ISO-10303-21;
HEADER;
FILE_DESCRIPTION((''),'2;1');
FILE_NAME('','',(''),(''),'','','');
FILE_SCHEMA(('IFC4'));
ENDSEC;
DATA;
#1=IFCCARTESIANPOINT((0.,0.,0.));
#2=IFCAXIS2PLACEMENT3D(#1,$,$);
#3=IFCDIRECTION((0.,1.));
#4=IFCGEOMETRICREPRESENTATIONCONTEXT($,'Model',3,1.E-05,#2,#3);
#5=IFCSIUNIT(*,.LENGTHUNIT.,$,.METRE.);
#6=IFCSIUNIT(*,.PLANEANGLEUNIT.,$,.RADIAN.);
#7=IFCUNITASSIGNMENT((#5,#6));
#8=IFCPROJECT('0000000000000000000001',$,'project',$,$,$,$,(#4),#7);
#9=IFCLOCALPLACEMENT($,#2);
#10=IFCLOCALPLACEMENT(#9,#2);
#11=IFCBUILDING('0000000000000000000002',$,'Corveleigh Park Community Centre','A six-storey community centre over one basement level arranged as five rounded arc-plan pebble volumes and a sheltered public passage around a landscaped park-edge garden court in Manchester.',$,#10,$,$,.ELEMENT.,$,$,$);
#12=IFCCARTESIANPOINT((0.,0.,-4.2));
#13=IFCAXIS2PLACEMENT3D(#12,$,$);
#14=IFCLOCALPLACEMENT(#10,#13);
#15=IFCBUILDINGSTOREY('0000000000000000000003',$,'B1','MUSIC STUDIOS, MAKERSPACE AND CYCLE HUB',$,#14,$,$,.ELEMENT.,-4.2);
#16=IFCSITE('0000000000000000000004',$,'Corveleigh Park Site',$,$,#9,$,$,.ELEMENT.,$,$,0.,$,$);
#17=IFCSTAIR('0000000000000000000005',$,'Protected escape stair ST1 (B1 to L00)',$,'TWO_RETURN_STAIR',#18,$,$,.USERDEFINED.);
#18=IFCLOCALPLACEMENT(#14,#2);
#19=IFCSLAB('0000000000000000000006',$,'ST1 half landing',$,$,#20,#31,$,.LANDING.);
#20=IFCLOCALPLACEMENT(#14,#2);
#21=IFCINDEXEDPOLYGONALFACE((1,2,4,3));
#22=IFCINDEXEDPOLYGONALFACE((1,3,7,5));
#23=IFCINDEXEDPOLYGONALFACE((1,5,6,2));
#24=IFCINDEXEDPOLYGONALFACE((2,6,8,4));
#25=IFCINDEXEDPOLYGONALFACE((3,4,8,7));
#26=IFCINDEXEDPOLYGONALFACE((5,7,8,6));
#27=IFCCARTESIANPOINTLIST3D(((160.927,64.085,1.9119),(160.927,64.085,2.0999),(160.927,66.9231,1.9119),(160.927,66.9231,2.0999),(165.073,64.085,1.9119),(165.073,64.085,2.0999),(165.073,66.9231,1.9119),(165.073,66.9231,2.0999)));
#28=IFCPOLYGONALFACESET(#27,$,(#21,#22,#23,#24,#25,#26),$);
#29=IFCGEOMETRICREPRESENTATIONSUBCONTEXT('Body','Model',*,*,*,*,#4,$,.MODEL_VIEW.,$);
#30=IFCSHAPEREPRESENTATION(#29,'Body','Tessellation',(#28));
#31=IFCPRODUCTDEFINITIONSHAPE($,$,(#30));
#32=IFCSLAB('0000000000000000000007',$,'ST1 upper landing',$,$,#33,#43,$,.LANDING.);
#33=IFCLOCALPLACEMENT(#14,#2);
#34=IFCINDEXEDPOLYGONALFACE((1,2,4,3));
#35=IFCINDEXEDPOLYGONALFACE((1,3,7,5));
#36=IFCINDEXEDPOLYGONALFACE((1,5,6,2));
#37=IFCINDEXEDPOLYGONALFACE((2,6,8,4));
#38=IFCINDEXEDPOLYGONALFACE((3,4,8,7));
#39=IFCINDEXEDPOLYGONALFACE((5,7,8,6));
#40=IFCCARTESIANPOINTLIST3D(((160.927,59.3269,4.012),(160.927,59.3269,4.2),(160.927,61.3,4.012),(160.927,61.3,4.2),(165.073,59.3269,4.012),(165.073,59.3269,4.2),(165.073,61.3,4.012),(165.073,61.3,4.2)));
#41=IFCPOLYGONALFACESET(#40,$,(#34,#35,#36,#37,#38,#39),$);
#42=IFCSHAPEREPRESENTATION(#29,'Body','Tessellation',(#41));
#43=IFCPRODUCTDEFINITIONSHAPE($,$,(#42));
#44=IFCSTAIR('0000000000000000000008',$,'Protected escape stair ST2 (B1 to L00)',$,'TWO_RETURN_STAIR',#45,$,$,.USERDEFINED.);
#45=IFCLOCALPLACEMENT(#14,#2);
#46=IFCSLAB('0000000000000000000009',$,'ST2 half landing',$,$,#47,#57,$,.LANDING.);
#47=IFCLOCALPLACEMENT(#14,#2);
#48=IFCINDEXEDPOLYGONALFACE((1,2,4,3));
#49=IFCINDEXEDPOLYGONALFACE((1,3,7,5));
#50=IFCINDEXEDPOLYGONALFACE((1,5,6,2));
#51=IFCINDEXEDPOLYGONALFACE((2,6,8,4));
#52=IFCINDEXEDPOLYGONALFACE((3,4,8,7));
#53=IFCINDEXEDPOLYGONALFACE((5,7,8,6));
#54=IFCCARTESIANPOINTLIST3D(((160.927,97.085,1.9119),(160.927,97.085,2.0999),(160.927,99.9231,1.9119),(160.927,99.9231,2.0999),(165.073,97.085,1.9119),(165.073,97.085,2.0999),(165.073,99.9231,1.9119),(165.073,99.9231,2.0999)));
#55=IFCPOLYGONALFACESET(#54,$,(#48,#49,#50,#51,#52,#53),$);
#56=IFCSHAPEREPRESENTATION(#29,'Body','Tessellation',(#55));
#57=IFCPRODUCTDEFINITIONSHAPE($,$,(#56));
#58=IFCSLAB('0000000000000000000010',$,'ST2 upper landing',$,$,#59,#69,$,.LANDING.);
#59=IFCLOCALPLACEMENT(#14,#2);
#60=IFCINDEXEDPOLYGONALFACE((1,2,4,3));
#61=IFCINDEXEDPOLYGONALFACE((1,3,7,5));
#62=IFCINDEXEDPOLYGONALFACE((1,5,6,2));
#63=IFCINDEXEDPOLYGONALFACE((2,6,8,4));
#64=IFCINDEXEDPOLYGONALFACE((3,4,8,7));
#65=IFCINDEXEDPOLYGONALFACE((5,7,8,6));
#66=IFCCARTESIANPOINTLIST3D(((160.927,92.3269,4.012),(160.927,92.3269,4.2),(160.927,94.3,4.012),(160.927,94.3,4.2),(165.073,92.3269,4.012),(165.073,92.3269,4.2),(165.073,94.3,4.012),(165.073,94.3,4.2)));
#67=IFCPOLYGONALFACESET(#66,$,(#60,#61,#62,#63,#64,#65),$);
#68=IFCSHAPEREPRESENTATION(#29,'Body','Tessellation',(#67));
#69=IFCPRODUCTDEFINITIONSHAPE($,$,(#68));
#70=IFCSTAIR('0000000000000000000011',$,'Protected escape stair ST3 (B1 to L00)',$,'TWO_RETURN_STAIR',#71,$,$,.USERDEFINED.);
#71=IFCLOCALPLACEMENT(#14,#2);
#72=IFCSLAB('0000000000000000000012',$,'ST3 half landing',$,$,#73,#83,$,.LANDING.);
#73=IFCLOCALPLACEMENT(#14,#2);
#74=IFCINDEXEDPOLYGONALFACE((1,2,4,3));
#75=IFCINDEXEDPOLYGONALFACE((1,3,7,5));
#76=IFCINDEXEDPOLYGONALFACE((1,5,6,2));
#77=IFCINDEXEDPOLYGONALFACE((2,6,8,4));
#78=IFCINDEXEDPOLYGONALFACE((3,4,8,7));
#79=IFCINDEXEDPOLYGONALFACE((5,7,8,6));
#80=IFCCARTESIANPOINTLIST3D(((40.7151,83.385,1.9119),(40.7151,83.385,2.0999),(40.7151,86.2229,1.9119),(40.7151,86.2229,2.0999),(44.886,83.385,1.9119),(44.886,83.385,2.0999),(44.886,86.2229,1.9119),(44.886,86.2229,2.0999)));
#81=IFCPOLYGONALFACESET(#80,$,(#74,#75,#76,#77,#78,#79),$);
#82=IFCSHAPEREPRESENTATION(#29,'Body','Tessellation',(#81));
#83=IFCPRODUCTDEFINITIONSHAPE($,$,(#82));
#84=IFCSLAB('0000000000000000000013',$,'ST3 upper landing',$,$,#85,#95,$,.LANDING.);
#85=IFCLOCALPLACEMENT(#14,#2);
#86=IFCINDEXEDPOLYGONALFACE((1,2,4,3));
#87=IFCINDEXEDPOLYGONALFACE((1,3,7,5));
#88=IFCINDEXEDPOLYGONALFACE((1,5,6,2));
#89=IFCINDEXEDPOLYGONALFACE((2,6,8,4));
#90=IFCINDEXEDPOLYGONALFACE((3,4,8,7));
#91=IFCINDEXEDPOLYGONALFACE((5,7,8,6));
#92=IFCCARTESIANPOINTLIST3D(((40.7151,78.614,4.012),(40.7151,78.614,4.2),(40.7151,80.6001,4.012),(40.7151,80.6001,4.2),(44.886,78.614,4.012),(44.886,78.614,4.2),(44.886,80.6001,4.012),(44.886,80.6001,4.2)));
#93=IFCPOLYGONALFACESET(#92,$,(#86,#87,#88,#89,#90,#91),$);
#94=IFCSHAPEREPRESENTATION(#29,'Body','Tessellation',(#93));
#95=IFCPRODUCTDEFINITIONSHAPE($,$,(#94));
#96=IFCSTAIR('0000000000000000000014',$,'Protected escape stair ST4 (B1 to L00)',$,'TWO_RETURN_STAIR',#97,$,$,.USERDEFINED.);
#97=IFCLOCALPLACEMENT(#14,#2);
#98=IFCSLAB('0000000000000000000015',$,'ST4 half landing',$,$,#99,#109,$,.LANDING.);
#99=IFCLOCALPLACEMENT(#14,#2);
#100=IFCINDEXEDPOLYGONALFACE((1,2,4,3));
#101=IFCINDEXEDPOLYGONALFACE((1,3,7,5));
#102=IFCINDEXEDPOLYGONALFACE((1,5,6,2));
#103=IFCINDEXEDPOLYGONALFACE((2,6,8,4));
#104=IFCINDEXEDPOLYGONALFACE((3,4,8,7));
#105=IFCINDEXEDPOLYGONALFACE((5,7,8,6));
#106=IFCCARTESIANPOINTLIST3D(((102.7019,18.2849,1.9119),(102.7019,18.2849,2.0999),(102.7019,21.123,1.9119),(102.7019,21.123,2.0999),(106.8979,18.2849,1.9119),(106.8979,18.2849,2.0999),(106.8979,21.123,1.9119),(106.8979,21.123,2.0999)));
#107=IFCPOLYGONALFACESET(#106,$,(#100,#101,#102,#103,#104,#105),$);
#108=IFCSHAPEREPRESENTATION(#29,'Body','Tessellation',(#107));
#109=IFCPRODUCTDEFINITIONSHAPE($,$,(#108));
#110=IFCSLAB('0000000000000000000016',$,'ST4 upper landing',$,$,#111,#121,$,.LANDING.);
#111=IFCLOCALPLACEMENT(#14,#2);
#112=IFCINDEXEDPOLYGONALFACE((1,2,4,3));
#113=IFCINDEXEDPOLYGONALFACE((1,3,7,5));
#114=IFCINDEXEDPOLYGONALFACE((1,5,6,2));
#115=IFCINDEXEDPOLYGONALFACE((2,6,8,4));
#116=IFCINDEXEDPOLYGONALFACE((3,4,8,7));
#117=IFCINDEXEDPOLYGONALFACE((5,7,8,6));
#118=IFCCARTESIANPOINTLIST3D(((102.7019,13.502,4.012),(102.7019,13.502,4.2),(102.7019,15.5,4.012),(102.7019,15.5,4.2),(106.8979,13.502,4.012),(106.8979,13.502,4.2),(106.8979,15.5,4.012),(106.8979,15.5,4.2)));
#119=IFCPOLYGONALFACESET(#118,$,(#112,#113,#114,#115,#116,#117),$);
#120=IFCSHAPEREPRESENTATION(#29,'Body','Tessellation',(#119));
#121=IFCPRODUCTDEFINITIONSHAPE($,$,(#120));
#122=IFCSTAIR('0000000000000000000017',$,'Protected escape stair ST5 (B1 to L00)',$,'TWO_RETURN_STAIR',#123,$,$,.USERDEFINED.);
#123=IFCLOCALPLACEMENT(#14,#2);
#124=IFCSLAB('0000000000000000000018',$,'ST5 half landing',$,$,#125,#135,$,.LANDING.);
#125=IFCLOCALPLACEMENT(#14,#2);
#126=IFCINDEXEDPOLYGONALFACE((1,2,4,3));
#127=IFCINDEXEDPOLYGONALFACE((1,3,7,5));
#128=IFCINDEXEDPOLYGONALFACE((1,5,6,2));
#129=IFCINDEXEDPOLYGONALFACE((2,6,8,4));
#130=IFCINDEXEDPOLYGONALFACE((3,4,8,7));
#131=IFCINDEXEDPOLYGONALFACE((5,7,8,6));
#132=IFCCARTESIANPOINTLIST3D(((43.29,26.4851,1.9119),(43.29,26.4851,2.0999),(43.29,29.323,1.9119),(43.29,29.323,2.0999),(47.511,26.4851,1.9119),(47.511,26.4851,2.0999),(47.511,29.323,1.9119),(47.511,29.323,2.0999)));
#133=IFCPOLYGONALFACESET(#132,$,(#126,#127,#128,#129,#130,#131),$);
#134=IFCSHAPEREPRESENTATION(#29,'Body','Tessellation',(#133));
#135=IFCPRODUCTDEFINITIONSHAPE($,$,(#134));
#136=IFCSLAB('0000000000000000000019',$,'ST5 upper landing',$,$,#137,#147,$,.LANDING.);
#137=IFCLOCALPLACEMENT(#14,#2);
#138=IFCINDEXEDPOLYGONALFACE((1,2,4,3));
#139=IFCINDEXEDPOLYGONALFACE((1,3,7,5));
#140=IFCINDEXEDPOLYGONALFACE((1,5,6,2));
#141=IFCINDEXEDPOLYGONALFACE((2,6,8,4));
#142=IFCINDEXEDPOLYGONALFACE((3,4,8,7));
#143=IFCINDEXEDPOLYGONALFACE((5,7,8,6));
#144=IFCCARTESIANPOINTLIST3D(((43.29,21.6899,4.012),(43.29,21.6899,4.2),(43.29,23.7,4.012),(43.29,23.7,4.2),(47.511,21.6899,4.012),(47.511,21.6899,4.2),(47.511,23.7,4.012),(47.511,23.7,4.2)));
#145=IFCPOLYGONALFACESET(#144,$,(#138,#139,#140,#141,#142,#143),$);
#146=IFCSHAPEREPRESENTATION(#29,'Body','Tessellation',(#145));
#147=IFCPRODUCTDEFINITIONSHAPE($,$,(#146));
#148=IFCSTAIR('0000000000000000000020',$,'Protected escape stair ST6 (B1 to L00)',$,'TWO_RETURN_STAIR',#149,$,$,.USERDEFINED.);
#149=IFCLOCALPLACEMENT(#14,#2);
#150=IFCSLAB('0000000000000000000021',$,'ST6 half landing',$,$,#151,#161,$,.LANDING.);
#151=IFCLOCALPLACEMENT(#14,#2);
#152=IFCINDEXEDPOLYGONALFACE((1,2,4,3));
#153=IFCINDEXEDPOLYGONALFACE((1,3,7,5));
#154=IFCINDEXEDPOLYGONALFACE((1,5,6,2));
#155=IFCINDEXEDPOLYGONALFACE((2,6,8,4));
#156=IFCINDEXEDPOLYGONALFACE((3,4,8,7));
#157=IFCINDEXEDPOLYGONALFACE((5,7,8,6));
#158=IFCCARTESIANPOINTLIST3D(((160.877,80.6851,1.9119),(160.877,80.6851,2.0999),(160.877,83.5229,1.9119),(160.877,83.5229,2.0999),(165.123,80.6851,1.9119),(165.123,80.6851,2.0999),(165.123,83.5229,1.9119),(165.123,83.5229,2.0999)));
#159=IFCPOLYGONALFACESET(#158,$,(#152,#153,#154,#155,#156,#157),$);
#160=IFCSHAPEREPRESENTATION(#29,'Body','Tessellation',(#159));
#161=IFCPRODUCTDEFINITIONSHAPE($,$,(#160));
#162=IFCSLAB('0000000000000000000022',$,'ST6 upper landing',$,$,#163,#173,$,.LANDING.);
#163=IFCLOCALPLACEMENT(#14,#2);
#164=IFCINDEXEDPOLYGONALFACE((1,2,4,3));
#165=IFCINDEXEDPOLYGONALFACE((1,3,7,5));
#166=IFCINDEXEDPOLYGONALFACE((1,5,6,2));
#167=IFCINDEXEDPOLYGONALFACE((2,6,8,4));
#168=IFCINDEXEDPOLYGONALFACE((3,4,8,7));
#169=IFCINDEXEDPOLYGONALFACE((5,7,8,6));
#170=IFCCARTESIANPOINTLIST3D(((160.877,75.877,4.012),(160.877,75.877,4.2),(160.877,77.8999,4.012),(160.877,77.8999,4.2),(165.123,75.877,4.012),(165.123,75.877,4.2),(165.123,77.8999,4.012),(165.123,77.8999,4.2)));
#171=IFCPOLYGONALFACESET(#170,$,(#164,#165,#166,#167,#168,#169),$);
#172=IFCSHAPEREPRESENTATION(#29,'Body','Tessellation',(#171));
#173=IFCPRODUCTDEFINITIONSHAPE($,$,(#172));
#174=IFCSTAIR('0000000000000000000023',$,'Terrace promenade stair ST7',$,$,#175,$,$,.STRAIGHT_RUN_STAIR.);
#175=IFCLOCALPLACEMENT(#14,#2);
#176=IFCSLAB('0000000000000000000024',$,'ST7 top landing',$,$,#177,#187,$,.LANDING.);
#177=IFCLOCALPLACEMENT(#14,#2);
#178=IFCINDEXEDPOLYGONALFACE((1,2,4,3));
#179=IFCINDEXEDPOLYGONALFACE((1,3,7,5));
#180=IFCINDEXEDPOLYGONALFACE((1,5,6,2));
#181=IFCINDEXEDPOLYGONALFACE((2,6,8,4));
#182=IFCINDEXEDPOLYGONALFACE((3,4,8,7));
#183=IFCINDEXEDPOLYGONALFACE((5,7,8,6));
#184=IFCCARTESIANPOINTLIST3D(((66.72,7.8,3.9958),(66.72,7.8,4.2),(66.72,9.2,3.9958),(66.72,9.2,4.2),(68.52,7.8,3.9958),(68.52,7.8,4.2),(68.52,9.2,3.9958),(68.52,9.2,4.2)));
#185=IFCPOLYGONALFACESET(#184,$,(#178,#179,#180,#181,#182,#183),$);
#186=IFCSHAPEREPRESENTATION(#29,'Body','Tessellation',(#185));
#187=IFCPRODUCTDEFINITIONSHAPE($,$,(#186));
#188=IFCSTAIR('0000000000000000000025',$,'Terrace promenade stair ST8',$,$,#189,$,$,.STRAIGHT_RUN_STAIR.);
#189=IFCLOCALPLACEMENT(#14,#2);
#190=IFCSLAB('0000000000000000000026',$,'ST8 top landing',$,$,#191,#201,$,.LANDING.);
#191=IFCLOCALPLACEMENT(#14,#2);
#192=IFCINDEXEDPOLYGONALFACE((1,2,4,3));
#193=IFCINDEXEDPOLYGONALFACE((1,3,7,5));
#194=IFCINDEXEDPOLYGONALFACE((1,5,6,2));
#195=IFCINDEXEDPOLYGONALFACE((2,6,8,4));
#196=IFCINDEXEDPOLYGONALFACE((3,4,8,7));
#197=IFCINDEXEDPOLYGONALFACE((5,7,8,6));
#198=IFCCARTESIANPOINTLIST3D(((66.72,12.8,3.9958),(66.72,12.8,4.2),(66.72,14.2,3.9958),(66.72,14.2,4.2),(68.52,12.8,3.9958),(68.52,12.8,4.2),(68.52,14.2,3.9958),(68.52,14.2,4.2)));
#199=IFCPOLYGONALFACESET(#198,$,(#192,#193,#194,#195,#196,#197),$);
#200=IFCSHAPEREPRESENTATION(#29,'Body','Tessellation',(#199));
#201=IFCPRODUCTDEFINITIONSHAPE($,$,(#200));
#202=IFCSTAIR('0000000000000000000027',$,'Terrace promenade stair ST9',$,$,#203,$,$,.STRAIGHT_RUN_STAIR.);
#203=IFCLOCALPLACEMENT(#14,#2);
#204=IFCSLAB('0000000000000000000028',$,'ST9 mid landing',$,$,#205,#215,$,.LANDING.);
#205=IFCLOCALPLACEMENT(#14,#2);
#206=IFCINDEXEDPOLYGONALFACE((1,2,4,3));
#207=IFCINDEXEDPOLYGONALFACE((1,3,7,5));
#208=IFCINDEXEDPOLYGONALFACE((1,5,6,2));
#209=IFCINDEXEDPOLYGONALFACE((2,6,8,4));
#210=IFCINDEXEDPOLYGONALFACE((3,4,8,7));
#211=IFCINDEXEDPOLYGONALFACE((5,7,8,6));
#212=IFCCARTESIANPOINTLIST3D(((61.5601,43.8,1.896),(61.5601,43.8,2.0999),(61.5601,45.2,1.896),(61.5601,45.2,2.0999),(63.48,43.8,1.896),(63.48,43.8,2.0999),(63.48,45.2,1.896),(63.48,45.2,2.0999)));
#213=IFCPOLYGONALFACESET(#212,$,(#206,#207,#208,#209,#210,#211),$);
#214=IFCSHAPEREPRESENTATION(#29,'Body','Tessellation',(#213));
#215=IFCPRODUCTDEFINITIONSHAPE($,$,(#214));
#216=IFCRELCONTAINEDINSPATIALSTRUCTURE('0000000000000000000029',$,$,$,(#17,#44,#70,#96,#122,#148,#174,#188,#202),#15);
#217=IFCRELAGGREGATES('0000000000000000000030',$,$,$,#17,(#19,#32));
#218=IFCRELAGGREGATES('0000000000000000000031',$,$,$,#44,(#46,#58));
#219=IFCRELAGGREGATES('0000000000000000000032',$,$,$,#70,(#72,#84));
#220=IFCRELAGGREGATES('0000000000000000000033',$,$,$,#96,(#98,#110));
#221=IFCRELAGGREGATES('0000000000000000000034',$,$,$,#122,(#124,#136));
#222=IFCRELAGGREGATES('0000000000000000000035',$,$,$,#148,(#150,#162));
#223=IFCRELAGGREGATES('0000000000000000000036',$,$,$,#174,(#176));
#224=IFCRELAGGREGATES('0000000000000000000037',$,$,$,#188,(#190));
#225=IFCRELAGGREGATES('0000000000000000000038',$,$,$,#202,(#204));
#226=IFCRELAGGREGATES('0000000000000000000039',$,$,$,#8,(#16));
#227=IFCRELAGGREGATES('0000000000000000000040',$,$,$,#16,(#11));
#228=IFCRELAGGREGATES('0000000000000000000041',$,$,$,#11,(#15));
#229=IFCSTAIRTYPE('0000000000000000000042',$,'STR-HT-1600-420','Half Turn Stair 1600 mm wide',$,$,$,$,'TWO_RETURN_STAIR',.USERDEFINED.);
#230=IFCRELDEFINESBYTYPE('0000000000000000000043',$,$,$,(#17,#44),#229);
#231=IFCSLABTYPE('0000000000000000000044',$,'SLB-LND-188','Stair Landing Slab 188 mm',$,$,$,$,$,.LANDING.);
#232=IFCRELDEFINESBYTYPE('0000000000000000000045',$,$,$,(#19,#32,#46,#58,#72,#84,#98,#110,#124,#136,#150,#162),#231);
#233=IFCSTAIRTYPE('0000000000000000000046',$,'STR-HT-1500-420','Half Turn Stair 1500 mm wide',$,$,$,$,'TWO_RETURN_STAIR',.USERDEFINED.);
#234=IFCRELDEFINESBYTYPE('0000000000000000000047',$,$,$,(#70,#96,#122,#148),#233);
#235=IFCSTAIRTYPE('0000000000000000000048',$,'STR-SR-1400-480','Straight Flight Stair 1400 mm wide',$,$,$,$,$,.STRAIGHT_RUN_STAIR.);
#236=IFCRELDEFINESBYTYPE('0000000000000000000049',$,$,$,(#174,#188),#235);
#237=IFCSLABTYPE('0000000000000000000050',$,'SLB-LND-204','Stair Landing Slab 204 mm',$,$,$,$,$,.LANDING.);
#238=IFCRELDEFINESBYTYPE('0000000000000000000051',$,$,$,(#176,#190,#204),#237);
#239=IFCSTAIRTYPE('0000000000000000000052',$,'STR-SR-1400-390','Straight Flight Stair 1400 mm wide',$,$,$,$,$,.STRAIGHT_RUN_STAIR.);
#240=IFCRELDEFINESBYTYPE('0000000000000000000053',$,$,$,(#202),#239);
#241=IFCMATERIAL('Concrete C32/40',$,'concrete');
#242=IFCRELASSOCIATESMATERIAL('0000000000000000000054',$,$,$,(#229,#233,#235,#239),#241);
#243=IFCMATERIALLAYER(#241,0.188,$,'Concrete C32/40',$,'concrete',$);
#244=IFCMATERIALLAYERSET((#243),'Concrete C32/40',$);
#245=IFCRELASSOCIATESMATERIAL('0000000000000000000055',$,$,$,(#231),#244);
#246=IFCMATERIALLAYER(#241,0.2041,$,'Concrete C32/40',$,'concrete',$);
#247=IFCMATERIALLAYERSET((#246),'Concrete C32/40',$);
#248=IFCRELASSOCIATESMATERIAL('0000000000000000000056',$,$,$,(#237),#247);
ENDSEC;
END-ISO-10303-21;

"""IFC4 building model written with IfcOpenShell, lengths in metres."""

from ifc_helpers import new_model, si_unit, direction, frame, origin, place, context, subcontext, project, spatial, polyline, outline, extrude, material, layer, layer_set, type_object, element, aggregate, save


model = new_model("IFC4")

# Units and contexts
model_context = context("Model", 3, precision=1e-05, world=origin(), true_north=direction((0.0, 1.0)))
body_context = subcontext(model_context, "Body", "Model", "MODEL_VIEW")
ifc_project = project(units=[si_unit("LENGTHUNIT", "METRE"), si_unit("PLANEANGLEUNIT", "RADIAN")], contexts=[model_context])

# Site, building, storey
site_placement = place(None, origin())
site = spatial("IfcSite", under=ifc_project, at=site_placement, Name="Corveleigh Park Site", CompositionType="ELEMENT", RefElevation=0.0)
building_placement = place(site_placement, origin())
building = spatial("IfcBuilding", under=site, at=building_placement, Name="Corveleigh Park Community Centre", Description="A six-storey community centre over one basement level arranged as five rounded arc-plan pebble volumes and a sheltered public passage around a landscaped park-edge garden court in Manchester.", CompositionType="ELEMENT")
storey_placement = place(building_placement, frame((0.0, 0.0, -4.2)))
storey = spatial("IfcBuildingStorey", under=building, at=storey_placement, Name="B1", Description="MUSIC STUDIOS, MAKERSPACE AND CYCLE HUB", CompositionType="ELEMENT", Elevation=-4.2)

# Stairs, slabs
ifc_material_1 = material(Name="Concrete C32/40", Category="concrete")
stair_type_1 = type_object("IfcStairType", Name="STR-HT-1600-420", Description="Half Turn Stair 1600 mm wide", ElementType="TWO_RETURN_STAIR", PredefinedType="USERDEFINED", material=ifc_material_1)
stair_1_placement = place(storey_placement, origin())
stair_1 = element("IfcStair", 1, at=stair_1_placement, inside=storey, type_object=stair_type_1, Name="Protected escape stair ST1 (B1 to L00)", ObjectType="TWO_RETURN_STAIR", PredefinedType="USERDEFINED")
ifc_layer_1 = layer(ifc_material_1, 0.188, Name="Concrete C32/40", Category="concrete")
ifc_layer_set_1 = layer_set([ifc_layer_1], Name="Concrete C32/40")
slab_type_1 = type_object("IfcSlabType", Name="SLB-LND-188", Description="Stair Landing Slab 188 mm", PredefinedType="LANDING", material=ifc_layer_set_1)
slab_1_placement = place(storey_placement, frame((0.0, 0.0, 1.9119)))
slab_1 = element("IfcSlab", 2, at=slab_1_placement, type_object=slab_type_1, Name="ST1 half landing", PredefinedType="LANDING", context=body_context, shape_type="SweptSolid", body=[
    extrude(outline(polyline([(160.927, 64.085), (165.073, 64.085), (165.073, 66.9231), (160.927, 66.9231), (160.927, 64.085)])), origin(), (0.0, 0.0, 1.0), 0.188),
])
slab_2_placement = place(storey_placement, frame((0.0, 0.0, 4.012)))
slab_2 = element("IfcSlab", 3, at=slab_2_placement, type_object=slab_type_1, Name="ST1 upper landing", PredefinedType="LANDING", context=body_context, shape_type="SweptSolid", body=[
    extrude(outline(polyline([(160.927, 59.3269), (165.073, 59.3269), (165.073, 61.3), (160.927, 61.3), (160.927, 59.3269)])), origin(), (0.0, 0.0, 1.0), 0.188),
])
aggregate(stair_1, [slab_1, slab_2])
stair_2_placement = place(storey_placement, origin())
stair_2 = element("IfcStair", 4, at=stair_2_placement, inside=storey, type_object=stair_type_1, Name="Protected escape stair ST2 (B1 to L00)", ObjectType="TWO_RETURN_STAIR", PredefinedType="USERDEFINED")
slab_3_placement = place(storey_placement, frame((0.0, 0.0, 1.9119)))
slab_3 = element("IfcSlab", 5, at=slab_3_placement, type_object=slab_type_1, Name="ST2 half landing", PredefinedType="LANDING", context=body_context, shape_type="SweptSolid", body=[
    extrude(outline(polyline([(160.927, 97.085), (165.073, 97.085), (165.073, 99.9231), (160.927, 99.9231), (160.927, 97.085)])), origin(), (0.0, 0.0, 1.0), 0.188),
])
slab_4_placement = place(storey_placement, frame((0.0, 0.0, 4.012)))
slab_4 = element("IfcSlab", 6, at=slab_4_placement, type_object=slab_type_1, Name="ST2 upper landing", PredefinedType="LANDING", context=body_context, shape_type="SweptSolid", body=[
    extrude(outline(polyline([(160.927, 92.3269), (165.073, 92.3269), (165.073, 94.3), (160.927, 94.3), (160.927, 92.3269)])), origin(), (0.0, 0.0, 1.0), 0.188),
])
aggregate(stair_2, [slab_3, slab_4])
stair_type_2 = type_object("IfcStairType", Name="STR-HT-1500-420", Description="Half Turn Stair 1500 mm wide", ElementType="TWO_RETURN_STAIR", PredefinedType="USERDEFINED", material=ifc_material_1)
stair_3_placement = place(storey_placement, origin())
stair_3 = element("IfcStair", 7, at=stair_3_placement, inside=storey, type_object=stair_type_2, Name="Protected escape stair ST3 (B1 to L00)", ObjectType="TWO_RETURN_STAIR", PredefinedType="USERDEFINED")
slab_5_placement = place(storey_placement, frame((0.0, 0.0, 1.9119)))
slab_5 = element("IfcSlab", 8, at=slab_5_placement, type_object=slab_type_1, Name="ST3 half landing", PredefinedType="LANDING", context=body_context, shape_type="SweptSolid", body=[
    extrude(outline(polyline([(40.7151, 83.385), (44.886, 83.385), (44.886, 86.2229), (40.7151, 86.2229), (40.7151, 83.385)])), origin(), (0.0, 0.0, 1.0), 0.188),
])
slab_6_placement = place(storey_placement, frame((0.0, 0.0, 4.012)))
slab_6 = element("IfcSlab", 9, at=slab_6_placement, type_object=slab_type_1, Name="ST3 upper landing", PredefinedType="LANDING", context=body_context, shape_type="SweptSolid", body=[
    extrude(outline(polyline([(40.7151, 78.614), (44.886, 78.614), (44.886, 80.6001), (40.7151, 80.6001), (40.7151, 78.614)])), origin(), (0.0, 0.0, 1.0), 0.188),
])
aggregate(stair_3, [slab_5, slab_6])
stair_4_placement = place(storey_placement, origin())
stair_4 = element("IfcStair", 10, at=stair_4_placement, inside=storey, type_object=stair_type_2, Name="Protected escape stair ST4 (B1 to L00)", ObjectType="TWO_RETURN_STAIR", PredefinedType="USERDEFINED")
slab_7_placement = place(storey_placement, frame((0.0, 0.0, 1.9119)))
slab_7 = element("IfcSlab", 11, at=slab_7_placement, type_object=slab_type_1, Name="ST4 half landing", PredefinedType="LANDING", context=body_context, shape_type="SweptSolid", body=[
    extrude(outline(polyline([(102.7019, 18.2849), (106.8979, 18.2849), (106.8979, 21.123), (102.7019, 21.123), (102.7019, 18.2849)])), origin(), (0.0, 0.0, 1.0), 0.188),
])
slab_8_placement = place(storey_placement, frame((0.0, 0.0, 4.012)))
slab_8 = element("IfcSlab", 12, at=slab_8_placement, type_object=slab_type_1, Name="ST4 upper landing", PredefinedType="LANDING", context=body_context, shape_type="SweptSolid", body=[
    extrude(outline(polyline([(102.7019, 13.502), (106.8979, 13.502), (106.8979, 15.5), (102.7019, 15.5), (102.7019, 13.502)])), origin(), (0.0, 0.0, 1.0), 0.188),
])
aggregate(stair_4, [slab_7, slab_8])
stair_5_placement = place(storey_placement, origin())
stair_5 = element("IfcStair", 13, at=stair_5_placement, inside=storey, type_object=stair_type_2, Name="Protected escape stair ST5 (B1 to L00)", ObjectType="TWO_RETURN_STAIR", PredefinedType="USERDEFINED")
slab_9_placement = place(storey_placement, frame((0.0, 0.0, 1.9119)))
slab_9 = element("IfcSlab", 14, at=slab_9_placement, type_object=slab_type_1, Name="ST5 half landing", PredefinedType="LANDING", context=body_context, shape_type="SweptSolid", body=[
    extrude(outline(polyline([(43.29, 26.4851), (47.511, 26.4851), (47.511, 29.323), (43.29, 29.323), (43.29, 26.4851)])), origin(), (0.0, 0.0, 1.0), 0.188),
])
slab_10_placement = place(storey_placement, frame((0.0, 0.0, 4.012)))
slab_10 = element("IfcSlab", 15, at=slab_10_placement, type_object=slab_type_1, Name="ST5 upper landing", PredefinedType="LANDING", context=body_context, shape_type="SweptSolid", body=[
    extrude(outline(polyline([(43.29, 21.6899), (47.511, 21.6899), (47.511, 23.7), (43.29, 23.7), (43.29, 21.6899)])), origin(), (0.0, 0.0, 1.0), 0.188),
])
aggregate(stair_5, [slab_9, slab_10])
stair_6_placement = place(storey_placement, origin())
stair_6 = element("IfcStair", 16, at=stair_6_placement, inside=storey, type_object=stair_type_2, Name="Protected escape stair ST6 (B1 to L00)", ObjectType="TWO_RETURN_STAIR", PredefinedType="USERDEFINED")
slab_11_placement = place(storey_placement, frame((0.0, 0.0, 1.9119)))
slab_11 = element("IfcSlab", 17, at=slab_11_placement, type_object=slab_type_1, Name="ST6 half landing", PredefinedType="LANDING", context=body_context, shape_type="SweptSolid", body=[
    extrude(outline(polyline([(160.877, 80.6851), (165.123, 80.6851), (165.123, 83.5229), (160.877, 83.5229), (160.877, 80.6851)])), origin(), (0.0, 0.0, 1.0), 0.188),
])
slab_12_placement = place(storey_placement, frame((0.0, 0.0, 4.012)))
slab_12 = element("IfcSlab", 18, at=slab_12_placement, type_object=slab_type_1, Name="ST6 upper landing", PredefinedType="LANDING", context=body_context, shape_type="SweptSolid", body=[
    extrude(outline(polyline([(160.877, 75.877), (165.123, 75.877), (165.123, 77.8999), (160.877, 77.8999), (160.877, 75.877)])), origin(), (0.0, 0.0, 1.0), 0.188),
])
aggregate(stair_6, [slab_11, slab_12])

# Stairs, slabs
stair_type_3 = type_object("IfcStairType", Name="STR-SR-1400-480", Description="Straight Flight Stair 1400 mm wide", PredefinedType="STRAIGHT_RUN_STAIR", material=ifc_material_1)
stair_7_placement = place(storey_placement, origin())
stair_7 = element("IfcStair", 19, at=stair_7_placement, inside=storey, type_object=stair_type_3, Name="Terrace promenade stair ST7", PredefinedType="STRAIGHT_RUN_STAIR")
ifc_layer_2 = layer(ifc_material_1, 0.2041, Name="Concrete C32/40", Category="concrete")
ifc_layer_set_2 = layer_set([ifc_layer_2], Name="Concrete C32/40")
slab_type_2 = type_object("IfcSlabType", Name="SLB-LND-204", Description="Stair Landing Slab 204 mm", PredefinedType="LANDING", material=ifc_layer_set_2)
slab_13_placement = place(storey_placement, frame((0.0, 0.0, 3.9958)))
slab_13 = element("IfcSlab", 20, at=slab_13_placement, type_object=slab_type_2, Name="ST7 top landing", PredefinedType="LANDING", context=body_context, shape_type="SweptSolid", body=[
    extrude(outline(polyline([(66.72, 7.8), (68.52, 7.8), (68.52, 9.2), (66.72, 9.2), (66.72, 7.8)])), origin(), (0.0, 0.0, 1.0), 0.2041),
])
aggregate(stair_7, [slab_13])
stair_8_placement = place(storey_placement, origin())
stair_8 = element("IfcStair", 21, at=stair_8_placement, inside=storey, type_object=stair_type_3, Name="Terrace promenade stair ST8", PredefinedType="STRAIGHT_RUN_STAIR")
slab_14_placement = place(storey_placement, frame((0.0, 0.0, 3.9958)))
slab_14 = element("IfcSlab", 22, at=slab_14_placement, type_object=slab_type_2, Name="ST8 top landing", PredefinedType="LANDING", context=body_context, shape_type="SweptSolid", body=[
    extrude(outline(polyline([(66.72, 12.8), (68.52, 12.8), (68.52, 14.2), (66.72, 14.2), (66.72, 12.8)])), origin(), (0.0, 0.0, 1.0), 0.2041),
])
aggregate(stair_8, [slab_14])

# Stair, slab
stair_type_4 = type_object("IfcStairType", Name="STR-SR-1400-390", Description="Straight Flight Stair 1400 mm wide", PredefinedType="STRAIGHT_RUN_STAIR", material=ifc_material_1)
stair_9_placement = place(storey_placement, origin())
stair_9 = element("IfcStair", 23, at=stair_9_placement, inside=storey, type_object=stair_type_4, Name="Terrace promenade stair ST9", PredefinedType="STRAIGHT_RUN_STAIR")
slab_15_placement = place(storey_placement, frame((0.0, 0.0, 1.896)))
slab_15 = element("IfcSlab", 24, at=slab_15_placement, type_object=slab_type_2, Name="ST9 mid landing", PredefinedType="LANDING", context=body_context, shape_type="SweptSolid", body=[
    extrude(outline(polyline([(61.5601, 43.8), (63.48, 43.8), (63.48, 45.2), (61.5601, 45.2), (61.5601, 43.8)])), origin(), (0.0, 0.0, 1.0), 0.2039),
])
aggregate(stair_9, [slab_15])

save(model, "model.ifc")
